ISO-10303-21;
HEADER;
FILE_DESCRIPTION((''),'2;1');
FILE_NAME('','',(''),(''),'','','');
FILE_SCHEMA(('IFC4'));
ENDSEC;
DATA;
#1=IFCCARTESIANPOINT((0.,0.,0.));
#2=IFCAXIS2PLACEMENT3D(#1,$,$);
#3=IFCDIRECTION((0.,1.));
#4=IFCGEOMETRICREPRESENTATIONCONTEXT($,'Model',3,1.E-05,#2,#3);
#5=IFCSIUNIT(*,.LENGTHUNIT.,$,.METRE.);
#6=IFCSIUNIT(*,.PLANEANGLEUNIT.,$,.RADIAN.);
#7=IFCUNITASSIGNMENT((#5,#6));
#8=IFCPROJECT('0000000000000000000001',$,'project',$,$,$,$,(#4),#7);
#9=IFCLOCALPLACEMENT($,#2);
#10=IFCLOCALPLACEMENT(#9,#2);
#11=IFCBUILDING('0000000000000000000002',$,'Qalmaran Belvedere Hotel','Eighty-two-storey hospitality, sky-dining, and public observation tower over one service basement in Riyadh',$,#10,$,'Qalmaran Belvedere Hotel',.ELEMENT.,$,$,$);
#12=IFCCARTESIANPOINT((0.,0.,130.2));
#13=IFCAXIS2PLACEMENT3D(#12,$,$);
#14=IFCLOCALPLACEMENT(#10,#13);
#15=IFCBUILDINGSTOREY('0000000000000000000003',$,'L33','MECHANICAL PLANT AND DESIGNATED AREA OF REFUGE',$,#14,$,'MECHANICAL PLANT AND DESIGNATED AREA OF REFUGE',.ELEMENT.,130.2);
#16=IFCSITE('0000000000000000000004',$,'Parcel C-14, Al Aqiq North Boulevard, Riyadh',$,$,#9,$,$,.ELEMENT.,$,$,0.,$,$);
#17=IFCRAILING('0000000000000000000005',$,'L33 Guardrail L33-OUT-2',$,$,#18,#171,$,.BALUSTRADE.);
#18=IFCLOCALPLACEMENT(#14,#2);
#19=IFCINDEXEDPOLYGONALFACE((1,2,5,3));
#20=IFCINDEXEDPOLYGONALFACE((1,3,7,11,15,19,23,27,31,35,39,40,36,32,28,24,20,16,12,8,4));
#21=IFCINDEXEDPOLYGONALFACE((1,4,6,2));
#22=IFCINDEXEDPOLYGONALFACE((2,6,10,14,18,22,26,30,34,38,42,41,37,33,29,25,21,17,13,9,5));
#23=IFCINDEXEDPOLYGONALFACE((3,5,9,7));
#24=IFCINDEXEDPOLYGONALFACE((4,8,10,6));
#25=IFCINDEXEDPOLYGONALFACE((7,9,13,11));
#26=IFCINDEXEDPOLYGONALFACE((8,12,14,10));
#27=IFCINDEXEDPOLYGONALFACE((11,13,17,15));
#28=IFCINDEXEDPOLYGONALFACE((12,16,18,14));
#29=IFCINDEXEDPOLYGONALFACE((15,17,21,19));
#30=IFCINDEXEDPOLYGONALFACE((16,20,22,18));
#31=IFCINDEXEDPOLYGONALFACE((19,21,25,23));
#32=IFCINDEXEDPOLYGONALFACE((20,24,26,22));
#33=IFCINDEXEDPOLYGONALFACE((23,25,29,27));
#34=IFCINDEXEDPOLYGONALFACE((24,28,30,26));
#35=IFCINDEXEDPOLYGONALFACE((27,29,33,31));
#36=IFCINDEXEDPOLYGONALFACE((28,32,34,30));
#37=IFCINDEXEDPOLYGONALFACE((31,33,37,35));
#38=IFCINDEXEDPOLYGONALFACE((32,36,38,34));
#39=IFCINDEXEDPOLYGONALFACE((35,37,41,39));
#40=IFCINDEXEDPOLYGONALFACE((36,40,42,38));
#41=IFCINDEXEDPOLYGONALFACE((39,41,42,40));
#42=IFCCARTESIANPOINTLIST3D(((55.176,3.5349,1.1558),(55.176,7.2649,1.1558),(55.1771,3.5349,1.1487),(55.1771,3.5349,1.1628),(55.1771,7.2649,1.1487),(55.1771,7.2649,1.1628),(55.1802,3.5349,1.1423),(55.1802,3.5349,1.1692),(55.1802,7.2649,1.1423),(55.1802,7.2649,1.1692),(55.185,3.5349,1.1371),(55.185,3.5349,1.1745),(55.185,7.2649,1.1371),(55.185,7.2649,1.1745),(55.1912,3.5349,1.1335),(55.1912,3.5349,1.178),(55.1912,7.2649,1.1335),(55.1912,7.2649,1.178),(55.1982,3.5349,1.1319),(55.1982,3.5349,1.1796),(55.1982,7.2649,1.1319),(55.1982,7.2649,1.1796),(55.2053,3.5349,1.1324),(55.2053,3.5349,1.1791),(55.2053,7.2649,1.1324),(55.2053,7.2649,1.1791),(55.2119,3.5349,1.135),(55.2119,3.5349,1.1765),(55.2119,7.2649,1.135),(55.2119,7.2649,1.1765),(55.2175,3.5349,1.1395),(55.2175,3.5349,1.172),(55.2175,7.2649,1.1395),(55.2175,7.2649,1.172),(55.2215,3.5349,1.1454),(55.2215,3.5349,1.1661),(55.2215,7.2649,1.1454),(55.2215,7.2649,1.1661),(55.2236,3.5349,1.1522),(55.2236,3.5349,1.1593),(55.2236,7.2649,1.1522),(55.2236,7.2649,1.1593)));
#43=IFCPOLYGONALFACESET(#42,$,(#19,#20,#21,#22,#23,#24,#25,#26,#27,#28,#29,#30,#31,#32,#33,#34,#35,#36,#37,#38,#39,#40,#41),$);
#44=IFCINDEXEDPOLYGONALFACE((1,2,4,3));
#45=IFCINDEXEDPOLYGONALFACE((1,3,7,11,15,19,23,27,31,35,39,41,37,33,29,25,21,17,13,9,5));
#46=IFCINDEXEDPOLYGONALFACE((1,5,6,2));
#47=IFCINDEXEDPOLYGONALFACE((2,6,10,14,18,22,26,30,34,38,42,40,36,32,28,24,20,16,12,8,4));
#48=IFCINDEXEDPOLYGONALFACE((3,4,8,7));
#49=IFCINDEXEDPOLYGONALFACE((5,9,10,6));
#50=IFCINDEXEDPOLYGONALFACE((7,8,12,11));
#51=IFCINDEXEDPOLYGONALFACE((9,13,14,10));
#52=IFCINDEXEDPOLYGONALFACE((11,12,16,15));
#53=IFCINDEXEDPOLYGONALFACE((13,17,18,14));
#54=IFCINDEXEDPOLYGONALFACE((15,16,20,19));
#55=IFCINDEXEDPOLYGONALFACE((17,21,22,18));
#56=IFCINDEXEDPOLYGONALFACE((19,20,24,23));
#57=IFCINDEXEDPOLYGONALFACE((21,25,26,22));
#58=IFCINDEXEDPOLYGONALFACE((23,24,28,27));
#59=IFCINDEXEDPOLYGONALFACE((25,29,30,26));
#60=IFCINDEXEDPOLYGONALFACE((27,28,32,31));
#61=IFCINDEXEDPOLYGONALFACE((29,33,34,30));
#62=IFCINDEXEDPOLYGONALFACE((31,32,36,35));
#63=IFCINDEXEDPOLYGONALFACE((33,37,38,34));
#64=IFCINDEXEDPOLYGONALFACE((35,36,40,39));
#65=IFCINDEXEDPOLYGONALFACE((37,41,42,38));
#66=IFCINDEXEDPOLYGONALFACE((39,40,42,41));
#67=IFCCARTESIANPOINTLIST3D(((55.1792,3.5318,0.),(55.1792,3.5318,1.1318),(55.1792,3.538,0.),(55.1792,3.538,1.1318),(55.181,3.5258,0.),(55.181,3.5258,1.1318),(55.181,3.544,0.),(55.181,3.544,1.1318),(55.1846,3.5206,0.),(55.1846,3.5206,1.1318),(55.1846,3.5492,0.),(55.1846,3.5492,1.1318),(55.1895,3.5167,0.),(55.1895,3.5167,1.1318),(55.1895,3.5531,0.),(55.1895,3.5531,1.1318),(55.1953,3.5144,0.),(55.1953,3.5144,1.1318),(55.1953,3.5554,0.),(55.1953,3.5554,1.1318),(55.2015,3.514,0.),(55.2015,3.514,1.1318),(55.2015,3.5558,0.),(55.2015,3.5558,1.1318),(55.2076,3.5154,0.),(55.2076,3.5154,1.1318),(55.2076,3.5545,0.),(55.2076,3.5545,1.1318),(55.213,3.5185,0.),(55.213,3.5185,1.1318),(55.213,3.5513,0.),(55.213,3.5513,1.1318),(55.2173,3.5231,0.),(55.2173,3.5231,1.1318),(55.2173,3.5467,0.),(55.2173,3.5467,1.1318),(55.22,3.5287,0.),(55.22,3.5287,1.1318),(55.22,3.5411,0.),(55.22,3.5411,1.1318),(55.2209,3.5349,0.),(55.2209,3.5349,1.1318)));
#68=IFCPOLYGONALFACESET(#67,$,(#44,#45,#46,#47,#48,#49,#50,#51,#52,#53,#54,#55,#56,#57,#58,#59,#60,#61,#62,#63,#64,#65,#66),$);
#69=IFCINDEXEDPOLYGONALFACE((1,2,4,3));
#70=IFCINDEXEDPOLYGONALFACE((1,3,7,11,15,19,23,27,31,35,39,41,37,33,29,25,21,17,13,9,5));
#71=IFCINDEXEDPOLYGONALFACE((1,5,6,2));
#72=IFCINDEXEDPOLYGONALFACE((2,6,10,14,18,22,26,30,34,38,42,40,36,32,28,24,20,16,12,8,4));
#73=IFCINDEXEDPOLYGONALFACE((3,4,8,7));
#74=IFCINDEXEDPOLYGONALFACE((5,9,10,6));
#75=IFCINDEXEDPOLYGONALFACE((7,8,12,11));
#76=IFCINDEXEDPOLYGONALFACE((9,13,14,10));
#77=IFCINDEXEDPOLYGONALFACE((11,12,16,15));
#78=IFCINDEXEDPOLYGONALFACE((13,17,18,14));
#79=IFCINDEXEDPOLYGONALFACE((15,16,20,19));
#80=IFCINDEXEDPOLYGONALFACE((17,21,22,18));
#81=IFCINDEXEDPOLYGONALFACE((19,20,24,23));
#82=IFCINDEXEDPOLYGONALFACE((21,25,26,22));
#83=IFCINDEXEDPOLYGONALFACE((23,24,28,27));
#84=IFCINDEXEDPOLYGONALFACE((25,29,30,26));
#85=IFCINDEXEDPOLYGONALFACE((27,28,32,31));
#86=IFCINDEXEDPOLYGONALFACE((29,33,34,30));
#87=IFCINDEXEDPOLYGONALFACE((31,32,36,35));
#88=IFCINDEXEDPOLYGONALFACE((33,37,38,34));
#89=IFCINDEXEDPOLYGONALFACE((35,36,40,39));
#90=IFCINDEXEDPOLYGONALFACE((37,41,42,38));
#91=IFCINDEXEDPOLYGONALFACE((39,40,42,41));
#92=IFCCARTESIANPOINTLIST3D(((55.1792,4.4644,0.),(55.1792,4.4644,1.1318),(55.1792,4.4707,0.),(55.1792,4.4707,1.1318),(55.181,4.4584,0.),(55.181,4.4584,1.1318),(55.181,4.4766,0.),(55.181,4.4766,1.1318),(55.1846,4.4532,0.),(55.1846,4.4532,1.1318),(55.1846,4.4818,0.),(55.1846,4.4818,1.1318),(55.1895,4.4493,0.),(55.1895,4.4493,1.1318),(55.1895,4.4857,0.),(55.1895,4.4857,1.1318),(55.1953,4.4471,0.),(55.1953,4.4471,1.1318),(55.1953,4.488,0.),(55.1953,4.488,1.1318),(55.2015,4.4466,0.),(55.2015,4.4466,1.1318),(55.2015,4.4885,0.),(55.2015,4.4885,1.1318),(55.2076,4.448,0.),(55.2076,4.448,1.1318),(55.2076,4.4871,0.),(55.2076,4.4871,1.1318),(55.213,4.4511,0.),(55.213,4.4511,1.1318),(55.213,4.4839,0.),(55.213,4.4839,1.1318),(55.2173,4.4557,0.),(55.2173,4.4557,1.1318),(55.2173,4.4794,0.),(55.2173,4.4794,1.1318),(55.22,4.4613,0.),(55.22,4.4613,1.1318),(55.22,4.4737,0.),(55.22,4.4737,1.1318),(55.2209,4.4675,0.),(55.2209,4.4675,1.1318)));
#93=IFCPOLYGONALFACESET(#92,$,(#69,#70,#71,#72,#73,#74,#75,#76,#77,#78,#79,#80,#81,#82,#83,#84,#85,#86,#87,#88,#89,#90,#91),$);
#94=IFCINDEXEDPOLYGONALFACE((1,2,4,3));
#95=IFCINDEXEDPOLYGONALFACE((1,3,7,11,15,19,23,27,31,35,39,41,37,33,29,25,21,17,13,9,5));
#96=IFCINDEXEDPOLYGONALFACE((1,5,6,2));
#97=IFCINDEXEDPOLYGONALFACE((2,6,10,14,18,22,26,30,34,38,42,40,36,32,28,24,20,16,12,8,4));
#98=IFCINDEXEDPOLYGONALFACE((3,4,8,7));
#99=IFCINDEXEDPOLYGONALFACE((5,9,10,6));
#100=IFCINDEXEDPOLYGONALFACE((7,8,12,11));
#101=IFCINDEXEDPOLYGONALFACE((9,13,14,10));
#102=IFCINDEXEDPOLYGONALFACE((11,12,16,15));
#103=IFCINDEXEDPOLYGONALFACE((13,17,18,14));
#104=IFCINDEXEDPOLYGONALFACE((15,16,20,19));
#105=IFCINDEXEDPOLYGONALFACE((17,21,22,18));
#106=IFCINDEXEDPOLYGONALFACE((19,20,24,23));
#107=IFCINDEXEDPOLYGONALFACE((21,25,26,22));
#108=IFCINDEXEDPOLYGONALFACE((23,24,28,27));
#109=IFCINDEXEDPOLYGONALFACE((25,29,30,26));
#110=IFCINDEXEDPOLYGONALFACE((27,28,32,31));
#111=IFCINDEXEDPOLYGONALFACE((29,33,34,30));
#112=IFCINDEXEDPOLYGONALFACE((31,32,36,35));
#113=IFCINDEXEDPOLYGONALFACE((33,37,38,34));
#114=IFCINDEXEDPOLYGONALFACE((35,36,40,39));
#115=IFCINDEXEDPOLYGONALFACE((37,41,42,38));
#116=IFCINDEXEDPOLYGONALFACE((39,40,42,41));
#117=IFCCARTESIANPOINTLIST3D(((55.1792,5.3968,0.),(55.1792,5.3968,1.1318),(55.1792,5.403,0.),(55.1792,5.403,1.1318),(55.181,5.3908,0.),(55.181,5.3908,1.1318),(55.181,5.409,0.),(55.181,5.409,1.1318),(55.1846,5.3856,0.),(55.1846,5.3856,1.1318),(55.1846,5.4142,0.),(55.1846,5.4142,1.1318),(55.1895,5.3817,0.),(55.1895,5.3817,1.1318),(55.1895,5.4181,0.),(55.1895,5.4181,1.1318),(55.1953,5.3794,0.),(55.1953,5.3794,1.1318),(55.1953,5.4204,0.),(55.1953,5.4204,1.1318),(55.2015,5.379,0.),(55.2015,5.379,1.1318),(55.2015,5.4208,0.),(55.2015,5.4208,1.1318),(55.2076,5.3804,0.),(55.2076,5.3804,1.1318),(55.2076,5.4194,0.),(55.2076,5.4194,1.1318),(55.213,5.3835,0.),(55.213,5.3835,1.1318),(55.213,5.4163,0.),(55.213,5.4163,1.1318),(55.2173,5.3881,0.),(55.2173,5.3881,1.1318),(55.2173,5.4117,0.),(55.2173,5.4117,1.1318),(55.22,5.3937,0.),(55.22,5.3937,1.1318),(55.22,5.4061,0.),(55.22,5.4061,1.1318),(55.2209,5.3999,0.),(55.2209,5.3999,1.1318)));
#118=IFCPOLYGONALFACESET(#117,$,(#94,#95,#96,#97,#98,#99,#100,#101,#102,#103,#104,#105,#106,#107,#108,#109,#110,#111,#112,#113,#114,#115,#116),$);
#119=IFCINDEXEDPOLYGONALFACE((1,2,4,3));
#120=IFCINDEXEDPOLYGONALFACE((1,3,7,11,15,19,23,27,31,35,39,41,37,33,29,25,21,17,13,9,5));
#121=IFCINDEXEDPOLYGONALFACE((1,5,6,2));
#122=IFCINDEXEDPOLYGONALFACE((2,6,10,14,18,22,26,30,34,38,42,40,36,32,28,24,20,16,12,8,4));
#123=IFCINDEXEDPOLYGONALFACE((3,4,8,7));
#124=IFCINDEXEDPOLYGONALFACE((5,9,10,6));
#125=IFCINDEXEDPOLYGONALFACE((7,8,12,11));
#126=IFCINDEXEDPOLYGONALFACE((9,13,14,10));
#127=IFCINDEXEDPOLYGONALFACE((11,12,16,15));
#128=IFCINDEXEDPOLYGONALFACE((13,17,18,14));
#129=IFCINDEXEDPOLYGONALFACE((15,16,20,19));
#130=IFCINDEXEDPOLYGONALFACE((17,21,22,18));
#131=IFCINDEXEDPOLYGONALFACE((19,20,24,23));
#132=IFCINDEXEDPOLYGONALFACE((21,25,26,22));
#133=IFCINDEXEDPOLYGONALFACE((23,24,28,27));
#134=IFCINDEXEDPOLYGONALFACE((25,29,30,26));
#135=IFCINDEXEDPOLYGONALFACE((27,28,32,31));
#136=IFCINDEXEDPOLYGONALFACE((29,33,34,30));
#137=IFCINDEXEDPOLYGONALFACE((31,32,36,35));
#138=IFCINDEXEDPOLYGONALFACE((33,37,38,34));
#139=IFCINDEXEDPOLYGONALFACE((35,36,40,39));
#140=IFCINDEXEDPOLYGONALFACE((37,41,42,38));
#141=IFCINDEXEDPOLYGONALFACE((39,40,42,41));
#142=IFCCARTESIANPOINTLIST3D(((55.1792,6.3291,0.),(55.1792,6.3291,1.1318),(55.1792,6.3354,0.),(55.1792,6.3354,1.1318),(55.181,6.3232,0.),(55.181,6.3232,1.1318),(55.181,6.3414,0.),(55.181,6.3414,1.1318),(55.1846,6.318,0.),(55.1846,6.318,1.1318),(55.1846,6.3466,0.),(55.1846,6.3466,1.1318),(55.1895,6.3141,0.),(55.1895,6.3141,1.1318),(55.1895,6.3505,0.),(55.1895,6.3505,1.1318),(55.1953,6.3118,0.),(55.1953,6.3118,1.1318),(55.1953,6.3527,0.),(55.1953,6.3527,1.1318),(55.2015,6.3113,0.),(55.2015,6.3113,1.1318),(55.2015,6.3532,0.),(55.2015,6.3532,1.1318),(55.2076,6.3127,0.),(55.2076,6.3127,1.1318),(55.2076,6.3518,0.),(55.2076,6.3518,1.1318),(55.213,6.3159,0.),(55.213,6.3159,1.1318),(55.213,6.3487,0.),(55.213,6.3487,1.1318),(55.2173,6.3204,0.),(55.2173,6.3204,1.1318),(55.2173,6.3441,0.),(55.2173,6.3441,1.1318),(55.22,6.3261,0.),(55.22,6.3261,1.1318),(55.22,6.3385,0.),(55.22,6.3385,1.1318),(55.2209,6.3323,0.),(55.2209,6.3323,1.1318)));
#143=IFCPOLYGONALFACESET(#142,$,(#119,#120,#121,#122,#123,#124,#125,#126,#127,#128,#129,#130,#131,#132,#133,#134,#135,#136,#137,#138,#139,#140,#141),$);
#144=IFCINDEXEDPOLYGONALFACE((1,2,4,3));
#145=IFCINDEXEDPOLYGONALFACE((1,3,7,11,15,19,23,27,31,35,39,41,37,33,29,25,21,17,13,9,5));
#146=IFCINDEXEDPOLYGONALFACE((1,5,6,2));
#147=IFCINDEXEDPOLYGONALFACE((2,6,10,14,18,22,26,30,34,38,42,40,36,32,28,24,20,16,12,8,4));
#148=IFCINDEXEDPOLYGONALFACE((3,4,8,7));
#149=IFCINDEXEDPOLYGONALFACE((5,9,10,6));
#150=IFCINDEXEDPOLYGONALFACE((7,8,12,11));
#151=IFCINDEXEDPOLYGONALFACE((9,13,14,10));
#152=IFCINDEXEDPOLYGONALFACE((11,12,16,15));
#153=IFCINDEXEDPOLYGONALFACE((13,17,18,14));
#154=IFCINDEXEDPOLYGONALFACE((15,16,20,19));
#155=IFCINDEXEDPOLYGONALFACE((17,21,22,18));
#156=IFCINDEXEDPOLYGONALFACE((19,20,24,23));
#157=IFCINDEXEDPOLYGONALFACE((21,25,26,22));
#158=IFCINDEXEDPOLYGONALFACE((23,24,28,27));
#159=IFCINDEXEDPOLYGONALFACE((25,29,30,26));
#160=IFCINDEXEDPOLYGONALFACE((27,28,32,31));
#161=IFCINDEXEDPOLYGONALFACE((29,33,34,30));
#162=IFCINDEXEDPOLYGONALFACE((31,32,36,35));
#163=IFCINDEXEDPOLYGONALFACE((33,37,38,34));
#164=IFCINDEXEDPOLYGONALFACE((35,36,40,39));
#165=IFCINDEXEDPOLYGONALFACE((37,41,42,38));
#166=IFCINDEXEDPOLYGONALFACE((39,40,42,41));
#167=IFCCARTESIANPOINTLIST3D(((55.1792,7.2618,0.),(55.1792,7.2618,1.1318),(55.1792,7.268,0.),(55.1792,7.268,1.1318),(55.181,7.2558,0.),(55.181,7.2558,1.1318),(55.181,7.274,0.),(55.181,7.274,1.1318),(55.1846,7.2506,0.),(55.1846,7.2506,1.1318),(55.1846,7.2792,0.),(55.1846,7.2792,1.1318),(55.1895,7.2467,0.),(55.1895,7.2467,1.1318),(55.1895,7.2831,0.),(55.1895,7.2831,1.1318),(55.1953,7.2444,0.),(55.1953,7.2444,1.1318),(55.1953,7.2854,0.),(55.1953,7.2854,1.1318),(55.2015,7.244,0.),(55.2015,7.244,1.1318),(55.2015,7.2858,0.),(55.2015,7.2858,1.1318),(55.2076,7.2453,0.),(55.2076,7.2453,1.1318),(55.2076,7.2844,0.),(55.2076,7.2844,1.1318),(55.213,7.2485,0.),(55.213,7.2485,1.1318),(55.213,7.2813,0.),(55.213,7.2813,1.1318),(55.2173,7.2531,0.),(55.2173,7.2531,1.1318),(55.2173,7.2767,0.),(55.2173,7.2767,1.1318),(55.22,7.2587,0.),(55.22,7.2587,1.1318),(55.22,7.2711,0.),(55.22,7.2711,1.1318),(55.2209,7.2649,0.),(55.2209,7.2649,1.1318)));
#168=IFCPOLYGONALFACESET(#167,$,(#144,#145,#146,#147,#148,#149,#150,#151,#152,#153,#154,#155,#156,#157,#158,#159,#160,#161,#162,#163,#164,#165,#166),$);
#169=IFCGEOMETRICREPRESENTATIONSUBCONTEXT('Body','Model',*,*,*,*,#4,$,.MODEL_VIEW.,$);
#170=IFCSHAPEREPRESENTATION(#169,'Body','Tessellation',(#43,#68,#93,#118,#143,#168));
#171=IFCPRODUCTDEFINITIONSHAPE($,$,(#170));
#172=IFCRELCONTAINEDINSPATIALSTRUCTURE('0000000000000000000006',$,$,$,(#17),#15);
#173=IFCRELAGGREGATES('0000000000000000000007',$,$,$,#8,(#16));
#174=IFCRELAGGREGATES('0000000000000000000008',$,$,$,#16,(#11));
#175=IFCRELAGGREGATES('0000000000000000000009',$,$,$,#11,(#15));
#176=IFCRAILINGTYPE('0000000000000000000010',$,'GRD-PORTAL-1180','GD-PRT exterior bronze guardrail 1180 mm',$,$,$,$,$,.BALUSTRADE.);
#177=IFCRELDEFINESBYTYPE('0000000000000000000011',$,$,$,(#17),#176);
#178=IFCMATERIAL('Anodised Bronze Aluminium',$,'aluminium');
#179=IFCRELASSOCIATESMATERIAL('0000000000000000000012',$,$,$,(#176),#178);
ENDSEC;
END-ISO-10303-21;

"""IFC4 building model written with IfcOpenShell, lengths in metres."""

from ifc_helpers import new_model, si_unit, direction, frame, origin, origin_2d, place, context, subcontext, project, spatial, circle, extrude, material, type_object, element, save


model = new_model("IFC4")

# Units and contexts
model_context = context("Model", 3, precision=1e-05, world=origin(), true_north=direction((0.0, 1.0)))
body_context = subcontext(model_context, "Body", "Model", "MODEL_VIEW")
ifc_project = project(units=[si_unit("LENGTHUNIT", "METRE"), si_unit("PLANEANGLEUNIT", "RADIAN")], contexts=[model_context])

# Site, building, storey
site_placement = place(None, origin())
site = spatial("IfcSite", under=ifc_project, at=site_placement, Name="Parcel C-14, Al Aqiq North Boulevard, Riyadh", CompositionType="ELEMENT", RefElevation=0.0)
building_placement = place(site_placement, origin())
building = spatial("IfcBuilding", under=site, at=building_placement, Name="Qalmaran Belvedere Hotel", Description="Eighty-two-storey hospitality, sky-dining, and public observation tower over one service basement in Riyadh", LongName="Qalmaran Belvedere Hotel", CompositionType="ELEMENT")
storey_placement = place(building_placement, frame((0.0, 0.0, 130.2)))
storey = spatial("IfcBuildingStorey", under=building, at=storey_placement, Name="L33", Description="MECHANICAL PLANT AND DESIGNATED AREA OF REFUGE", LongName="MECHANICAL PLANT AND DESIGNATED AREA OF REFUGE", CompositionType="ELEMENT", Elevation=130.2)

# Railing
ifc_material_1 = material(Name="Anodised Bronze Aluminium", Category="aluminium")
railing_type_1 = type_object("IfcRailingType", Name="GRD-PORTAL-1180", Description="GD-PRT exterior bronze guardrail 1180 mm", PredefinedType="BALUSTRADE", material=ifc_material_1)
railing_1_placement = place(storey_placement, frame((55.2, 3.5349, 0.0)))
element("IfcRailing", 1, at=railing_1_placement, inside=storey, type_object=railing_type_1, Name="L33 Guardrail L33-OUT-2", PredefinedType="BALUSTRADE", context=body_context, shape_type="SweptSolid", body=[
    extrude(circle(Radius=0.0239, at=origin_2d()), frame((0.0, 0.0, 1.1558), z_axis=(0.0, 1.0, 0.0), x_axis=(-1.0, 0.0, 0.0)), (0.0, 0.0, 1.0), 3.73),
    extrude(circle(Radius=0.021, at=origin_2d()), origin(), (0.0, 0.0, 1.0), 1.1318),
    extrude(circle(Radius=0.021, at=origin_2d()), frame((0.0, 0.9326, 0.0)), (0.0, 0.0, 1.0), 1.1318),
    extrude(circle(Radius=0.021, at=origin_2d()), frame((0.0, 1.865, 0.0)), (0.0, 0.0, 1.0), 1.1318),
    extrude(circle(Radius=0.021, at=origin_2d()), frame((0.0, 2.7974, 0.0)), (0.0, 0.0, 1.0), 1.1318),
    extrude(circle(Radius=0.021, at=origin_2d()), frame((0.0, 3.73, 0.0)), (0.0, 0.0, 1.0), 1.1318),
])

save(model, "model.ifc")
